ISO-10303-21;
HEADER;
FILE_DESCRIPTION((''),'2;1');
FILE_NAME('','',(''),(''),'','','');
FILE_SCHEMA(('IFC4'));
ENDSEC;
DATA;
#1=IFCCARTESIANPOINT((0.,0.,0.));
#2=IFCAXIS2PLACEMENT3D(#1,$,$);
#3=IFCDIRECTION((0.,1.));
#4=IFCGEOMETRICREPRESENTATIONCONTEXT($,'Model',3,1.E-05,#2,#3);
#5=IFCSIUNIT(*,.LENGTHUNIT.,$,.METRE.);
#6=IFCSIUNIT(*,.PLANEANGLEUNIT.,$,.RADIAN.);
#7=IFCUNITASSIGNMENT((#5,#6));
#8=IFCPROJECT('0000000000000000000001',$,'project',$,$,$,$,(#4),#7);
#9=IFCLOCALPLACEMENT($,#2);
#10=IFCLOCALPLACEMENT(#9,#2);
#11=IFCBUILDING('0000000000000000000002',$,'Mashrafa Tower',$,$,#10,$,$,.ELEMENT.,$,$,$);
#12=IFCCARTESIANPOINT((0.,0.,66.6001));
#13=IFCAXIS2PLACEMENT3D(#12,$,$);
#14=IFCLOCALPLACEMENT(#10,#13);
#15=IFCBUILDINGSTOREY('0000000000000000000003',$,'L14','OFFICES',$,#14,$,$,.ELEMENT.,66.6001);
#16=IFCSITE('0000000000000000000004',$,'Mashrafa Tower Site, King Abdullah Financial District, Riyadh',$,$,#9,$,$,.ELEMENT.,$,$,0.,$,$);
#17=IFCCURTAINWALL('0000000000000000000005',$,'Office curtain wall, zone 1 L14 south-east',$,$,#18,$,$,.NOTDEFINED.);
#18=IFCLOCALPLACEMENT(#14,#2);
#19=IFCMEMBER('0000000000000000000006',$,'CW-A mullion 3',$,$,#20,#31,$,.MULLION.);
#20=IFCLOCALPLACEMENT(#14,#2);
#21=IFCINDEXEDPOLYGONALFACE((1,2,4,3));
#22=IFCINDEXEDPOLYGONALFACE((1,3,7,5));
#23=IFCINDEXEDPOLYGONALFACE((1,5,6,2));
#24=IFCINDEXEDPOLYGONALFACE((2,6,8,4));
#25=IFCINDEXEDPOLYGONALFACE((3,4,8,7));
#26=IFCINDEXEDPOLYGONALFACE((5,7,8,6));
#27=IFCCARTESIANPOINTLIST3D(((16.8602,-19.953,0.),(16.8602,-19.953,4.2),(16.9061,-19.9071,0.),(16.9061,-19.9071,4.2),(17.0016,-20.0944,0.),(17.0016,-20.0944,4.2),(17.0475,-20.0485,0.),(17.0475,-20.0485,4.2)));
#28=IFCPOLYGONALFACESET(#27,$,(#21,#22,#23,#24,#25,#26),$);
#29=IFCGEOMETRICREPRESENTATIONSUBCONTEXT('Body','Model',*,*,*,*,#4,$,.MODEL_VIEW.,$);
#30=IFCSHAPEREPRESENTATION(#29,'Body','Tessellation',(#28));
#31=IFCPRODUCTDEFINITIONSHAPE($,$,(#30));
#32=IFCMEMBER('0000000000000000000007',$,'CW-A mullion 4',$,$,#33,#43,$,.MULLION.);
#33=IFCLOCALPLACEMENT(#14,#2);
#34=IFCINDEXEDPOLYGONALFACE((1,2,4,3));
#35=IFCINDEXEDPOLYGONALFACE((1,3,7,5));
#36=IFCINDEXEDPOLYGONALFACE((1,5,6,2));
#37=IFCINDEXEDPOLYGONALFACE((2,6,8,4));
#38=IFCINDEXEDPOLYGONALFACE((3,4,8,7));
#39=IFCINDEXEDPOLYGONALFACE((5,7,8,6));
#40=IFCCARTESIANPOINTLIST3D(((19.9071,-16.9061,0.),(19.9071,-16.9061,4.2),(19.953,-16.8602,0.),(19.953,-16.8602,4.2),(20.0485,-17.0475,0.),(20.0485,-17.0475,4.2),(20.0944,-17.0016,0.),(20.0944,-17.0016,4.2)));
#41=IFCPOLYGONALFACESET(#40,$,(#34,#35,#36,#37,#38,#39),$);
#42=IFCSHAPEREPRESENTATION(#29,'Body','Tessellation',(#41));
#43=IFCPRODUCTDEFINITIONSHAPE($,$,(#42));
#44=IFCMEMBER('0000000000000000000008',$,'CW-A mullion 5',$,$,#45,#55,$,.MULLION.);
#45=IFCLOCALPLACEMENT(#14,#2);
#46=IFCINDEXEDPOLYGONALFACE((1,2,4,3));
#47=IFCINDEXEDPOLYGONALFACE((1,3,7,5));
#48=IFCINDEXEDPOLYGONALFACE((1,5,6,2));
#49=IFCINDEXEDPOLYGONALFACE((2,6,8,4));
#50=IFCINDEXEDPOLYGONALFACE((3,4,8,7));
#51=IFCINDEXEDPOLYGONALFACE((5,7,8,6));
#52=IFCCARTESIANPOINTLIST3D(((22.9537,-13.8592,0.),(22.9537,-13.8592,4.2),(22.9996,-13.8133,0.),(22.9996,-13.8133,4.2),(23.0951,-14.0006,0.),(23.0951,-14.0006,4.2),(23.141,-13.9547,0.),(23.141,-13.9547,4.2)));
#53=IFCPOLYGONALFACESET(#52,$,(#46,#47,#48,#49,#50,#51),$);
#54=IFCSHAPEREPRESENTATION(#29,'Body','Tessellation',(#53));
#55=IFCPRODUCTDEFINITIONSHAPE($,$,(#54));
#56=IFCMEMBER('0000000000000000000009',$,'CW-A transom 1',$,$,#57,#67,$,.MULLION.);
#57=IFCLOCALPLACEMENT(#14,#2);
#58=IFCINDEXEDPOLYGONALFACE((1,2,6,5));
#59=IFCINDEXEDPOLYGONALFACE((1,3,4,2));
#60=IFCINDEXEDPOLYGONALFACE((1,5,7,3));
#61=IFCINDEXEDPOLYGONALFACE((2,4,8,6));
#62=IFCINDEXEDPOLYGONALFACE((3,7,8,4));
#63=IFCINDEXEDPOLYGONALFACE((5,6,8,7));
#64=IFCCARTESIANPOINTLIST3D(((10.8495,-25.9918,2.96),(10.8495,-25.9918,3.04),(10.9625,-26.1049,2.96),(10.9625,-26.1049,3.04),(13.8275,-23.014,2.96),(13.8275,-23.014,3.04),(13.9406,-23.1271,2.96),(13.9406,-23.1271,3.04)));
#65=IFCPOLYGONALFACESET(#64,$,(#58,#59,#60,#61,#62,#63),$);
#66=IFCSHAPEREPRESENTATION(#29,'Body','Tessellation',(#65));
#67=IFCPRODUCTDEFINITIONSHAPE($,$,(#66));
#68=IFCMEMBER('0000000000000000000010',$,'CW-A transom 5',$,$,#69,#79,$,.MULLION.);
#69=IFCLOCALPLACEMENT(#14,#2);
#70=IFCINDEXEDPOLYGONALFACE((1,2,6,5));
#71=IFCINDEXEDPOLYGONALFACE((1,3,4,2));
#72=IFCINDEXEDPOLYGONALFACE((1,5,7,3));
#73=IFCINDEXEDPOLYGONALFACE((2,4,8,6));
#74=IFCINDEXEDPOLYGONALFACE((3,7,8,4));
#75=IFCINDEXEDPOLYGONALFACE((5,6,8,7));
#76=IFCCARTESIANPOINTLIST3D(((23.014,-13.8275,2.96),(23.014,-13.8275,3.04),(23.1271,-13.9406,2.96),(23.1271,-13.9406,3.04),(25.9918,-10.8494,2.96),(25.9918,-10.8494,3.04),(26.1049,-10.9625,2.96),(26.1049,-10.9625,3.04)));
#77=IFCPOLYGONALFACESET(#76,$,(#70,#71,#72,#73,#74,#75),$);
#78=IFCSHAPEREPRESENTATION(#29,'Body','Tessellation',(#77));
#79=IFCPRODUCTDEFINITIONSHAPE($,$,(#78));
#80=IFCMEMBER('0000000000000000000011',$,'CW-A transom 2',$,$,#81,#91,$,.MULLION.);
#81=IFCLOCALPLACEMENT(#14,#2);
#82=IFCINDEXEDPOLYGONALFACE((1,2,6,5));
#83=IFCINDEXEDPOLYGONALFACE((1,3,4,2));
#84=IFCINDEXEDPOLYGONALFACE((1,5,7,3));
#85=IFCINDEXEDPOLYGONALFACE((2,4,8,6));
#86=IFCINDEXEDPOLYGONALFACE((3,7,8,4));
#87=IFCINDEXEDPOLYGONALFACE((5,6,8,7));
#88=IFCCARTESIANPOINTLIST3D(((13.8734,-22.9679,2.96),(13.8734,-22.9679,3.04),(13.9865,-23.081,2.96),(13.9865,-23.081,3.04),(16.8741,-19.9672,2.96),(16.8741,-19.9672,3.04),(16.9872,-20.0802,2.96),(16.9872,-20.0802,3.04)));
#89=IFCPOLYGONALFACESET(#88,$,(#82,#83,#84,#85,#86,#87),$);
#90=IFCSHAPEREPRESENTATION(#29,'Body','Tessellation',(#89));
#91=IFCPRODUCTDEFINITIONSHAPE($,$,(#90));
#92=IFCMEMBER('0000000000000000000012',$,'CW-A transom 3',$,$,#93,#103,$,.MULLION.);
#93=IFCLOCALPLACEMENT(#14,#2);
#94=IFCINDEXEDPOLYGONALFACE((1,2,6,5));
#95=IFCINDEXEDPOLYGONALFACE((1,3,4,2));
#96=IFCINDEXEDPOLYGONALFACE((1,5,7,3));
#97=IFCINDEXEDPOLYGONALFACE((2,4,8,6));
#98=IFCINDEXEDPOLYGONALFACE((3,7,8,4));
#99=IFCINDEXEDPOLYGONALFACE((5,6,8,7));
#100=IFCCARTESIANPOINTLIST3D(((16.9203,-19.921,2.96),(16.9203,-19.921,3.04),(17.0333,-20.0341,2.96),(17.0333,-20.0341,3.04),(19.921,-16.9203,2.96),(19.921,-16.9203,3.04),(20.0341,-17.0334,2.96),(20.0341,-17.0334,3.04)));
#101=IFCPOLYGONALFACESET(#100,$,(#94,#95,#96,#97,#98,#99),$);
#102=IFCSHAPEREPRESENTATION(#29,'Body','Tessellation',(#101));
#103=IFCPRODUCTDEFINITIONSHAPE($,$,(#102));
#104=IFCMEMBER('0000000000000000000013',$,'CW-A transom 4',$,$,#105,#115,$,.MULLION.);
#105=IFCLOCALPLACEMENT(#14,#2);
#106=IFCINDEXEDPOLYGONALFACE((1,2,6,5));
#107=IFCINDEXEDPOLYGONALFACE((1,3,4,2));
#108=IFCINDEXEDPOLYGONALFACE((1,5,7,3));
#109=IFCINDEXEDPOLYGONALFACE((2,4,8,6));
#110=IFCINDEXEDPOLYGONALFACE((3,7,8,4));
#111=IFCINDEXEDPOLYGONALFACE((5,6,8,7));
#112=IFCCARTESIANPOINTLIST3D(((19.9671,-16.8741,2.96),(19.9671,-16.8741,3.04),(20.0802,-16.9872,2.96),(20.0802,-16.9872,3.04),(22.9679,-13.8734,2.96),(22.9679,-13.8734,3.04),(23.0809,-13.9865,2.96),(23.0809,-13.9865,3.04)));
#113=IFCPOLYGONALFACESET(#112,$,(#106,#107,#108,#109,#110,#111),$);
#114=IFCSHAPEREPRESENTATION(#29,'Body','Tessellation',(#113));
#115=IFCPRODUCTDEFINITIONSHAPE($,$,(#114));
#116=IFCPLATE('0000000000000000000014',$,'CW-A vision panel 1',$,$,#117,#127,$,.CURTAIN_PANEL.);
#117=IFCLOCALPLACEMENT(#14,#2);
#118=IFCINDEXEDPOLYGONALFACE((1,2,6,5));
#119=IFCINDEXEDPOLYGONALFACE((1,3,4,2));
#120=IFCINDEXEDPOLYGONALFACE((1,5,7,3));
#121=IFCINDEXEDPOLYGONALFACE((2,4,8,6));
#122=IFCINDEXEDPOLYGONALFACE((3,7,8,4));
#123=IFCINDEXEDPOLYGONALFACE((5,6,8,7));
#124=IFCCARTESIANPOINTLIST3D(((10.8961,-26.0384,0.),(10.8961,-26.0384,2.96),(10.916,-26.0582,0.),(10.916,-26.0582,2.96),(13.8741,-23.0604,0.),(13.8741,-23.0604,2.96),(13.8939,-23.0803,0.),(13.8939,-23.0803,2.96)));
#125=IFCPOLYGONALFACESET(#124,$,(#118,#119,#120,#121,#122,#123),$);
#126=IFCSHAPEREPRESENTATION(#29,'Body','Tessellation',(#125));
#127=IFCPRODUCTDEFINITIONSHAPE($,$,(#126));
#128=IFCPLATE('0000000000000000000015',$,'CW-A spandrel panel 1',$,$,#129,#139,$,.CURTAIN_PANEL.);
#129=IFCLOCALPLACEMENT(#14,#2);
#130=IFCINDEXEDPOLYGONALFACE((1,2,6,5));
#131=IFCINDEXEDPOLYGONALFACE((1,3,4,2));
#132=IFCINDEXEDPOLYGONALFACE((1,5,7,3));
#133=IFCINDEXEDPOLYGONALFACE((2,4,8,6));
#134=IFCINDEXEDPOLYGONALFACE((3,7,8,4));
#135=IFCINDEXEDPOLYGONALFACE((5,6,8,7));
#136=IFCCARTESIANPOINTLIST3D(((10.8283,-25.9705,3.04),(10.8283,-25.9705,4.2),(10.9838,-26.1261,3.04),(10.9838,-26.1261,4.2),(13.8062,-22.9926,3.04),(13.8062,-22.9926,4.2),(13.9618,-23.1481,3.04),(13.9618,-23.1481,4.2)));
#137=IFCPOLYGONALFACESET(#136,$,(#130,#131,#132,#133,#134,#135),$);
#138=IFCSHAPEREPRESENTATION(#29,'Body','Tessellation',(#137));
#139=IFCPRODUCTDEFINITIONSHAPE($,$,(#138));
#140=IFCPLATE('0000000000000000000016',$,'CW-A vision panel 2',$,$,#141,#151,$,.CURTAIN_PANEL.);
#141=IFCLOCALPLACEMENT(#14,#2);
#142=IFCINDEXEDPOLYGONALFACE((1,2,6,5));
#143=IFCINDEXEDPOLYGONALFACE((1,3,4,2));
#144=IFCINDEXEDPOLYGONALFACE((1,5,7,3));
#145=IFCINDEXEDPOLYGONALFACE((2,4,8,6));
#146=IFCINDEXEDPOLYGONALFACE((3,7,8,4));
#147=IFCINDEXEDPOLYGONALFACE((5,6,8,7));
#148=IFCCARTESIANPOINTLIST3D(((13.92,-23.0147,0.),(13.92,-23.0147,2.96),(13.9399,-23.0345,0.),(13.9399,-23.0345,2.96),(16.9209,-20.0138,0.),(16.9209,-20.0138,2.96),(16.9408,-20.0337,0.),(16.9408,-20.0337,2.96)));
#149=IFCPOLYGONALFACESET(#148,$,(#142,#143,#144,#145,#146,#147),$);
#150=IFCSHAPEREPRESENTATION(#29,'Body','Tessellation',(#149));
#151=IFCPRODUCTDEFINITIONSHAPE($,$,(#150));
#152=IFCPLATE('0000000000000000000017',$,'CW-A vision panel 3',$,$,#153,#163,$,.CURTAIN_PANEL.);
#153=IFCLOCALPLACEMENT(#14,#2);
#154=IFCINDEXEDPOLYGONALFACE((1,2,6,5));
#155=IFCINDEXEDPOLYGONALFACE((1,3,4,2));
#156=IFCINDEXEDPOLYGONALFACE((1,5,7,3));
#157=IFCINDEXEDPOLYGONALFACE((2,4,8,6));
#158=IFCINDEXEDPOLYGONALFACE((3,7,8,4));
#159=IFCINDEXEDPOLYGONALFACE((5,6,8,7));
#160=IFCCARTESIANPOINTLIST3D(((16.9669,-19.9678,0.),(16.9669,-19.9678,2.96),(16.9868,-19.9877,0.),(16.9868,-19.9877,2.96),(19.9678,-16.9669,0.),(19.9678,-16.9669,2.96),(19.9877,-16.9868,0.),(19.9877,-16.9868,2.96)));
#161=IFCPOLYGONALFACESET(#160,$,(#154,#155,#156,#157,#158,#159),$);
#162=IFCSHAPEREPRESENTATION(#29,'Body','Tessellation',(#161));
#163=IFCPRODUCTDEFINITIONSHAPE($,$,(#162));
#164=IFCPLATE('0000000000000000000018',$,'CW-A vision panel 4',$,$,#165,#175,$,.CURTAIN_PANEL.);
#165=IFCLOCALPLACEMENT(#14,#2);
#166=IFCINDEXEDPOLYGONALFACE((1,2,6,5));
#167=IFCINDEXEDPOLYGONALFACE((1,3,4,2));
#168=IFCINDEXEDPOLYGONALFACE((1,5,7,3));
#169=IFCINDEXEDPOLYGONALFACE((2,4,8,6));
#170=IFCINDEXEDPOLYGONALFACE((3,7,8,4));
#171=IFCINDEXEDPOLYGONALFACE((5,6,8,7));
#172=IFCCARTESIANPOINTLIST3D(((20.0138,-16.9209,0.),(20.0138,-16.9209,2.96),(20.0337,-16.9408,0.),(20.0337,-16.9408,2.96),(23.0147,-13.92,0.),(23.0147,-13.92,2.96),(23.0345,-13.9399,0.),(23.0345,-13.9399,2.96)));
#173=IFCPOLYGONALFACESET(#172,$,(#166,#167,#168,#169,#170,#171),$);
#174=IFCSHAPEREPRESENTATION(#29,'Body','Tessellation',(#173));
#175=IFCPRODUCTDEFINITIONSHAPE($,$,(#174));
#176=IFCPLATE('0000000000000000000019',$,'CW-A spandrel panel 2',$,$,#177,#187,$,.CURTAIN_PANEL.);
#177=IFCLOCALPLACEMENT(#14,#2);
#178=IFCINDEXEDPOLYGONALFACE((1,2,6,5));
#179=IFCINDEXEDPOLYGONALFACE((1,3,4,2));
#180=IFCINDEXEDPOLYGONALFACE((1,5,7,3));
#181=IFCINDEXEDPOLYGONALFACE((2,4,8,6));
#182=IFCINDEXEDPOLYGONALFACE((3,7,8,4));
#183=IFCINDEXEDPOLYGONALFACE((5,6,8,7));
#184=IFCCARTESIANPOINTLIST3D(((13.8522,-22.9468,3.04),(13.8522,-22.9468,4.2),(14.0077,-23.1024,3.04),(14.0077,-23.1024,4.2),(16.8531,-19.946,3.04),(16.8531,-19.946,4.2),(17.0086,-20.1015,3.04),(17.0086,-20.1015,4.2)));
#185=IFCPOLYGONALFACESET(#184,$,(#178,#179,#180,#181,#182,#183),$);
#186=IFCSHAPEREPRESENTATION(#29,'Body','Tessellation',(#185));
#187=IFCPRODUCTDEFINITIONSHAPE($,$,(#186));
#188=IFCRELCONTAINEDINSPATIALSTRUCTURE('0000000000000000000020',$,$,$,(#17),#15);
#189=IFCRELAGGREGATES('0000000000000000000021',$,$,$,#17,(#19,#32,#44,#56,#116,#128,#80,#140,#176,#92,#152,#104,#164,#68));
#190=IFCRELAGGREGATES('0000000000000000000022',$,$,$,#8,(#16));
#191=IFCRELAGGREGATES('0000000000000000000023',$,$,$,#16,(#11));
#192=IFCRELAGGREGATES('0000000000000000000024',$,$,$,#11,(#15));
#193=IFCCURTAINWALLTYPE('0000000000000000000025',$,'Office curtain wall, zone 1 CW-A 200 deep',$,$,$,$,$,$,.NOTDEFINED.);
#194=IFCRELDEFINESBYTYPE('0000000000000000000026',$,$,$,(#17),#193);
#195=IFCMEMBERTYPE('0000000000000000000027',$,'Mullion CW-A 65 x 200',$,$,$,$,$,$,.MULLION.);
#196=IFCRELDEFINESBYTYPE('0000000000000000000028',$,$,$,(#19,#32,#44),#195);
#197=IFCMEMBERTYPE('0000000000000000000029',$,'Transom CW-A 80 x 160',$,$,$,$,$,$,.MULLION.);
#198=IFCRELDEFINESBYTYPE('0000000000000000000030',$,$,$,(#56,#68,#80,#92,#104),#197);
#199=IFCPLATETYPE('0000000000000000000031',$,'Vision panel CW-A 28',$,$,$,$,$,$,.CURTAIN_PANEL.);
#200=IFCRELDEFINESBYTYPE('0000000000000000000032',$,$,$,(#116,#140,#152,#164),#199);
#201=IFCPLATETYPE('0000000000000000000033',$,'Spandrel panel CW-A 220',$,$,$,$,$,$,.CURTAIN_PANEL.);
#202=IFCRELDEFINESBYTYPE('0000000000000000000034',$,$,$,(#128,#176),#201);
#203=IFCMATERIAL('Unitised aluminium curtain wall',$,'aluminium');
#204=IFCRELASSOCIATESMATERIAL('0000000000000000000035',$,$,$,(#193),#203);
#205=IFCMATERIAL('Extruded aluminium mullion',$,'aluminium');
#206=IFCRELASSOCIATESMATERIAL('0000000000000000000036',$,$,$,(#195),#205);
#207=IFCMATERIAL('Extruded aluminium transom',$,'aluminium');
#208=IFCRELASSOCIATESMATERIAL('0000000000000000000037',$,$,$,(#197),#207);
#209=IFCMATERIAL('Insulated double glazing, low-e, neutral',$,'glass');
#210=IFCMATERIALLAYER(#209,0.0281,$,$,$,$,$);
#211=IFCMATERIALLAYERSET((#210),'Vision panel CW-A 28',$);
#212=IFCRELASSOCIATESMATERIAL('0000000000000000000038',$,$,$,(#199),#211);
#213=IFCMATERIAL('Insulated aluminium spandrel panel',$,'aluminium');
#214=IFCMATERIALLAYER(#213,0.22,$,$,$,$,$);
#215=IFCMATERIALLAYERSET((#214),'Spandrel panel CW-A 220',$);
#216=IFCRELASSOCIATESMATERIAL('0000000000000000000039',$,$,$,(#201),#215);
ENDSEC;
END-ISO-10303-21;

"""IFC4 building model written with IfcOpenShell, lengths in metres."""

from ifc_helpers import new_model, si_unit, direction, frame, origin, origin_2d, place, context, subcontext, project, spatial, rectangle, extrude, source, transform, mapped, material, layer, layer_set, material_profile, profile_set, type_object, type_shapes, element, aggregate, save


model = new_model("IFC4")

# Units and contexts
model_context = context("Model", 3, precision=1e-05, world=origin(), true_north=direction((0.0, 1.0)))
body_context = subcontext(model_context, "Body", "Model", "MODEL_VIEW")
ifc_project = project(units=[si_unit("LENGTHUNIT", "METRE"), si_unit("PLANEANGLEUNIT", "RADIAN")], contexts=[model_context])

# Site, building, storey
site_placement = place(None, origin())
site = spatial("IfcSite", under=ifc_project, at=site_placement, Name="Mashrafa Tower Site, King Abdullah Financial District, Riyadh", CompositionType="ELEMENT", RefElevation=0.0)
building_placement = place(site_placement, origin())
building = spatial("IfcBuilding", under=site, at=building_placement, Name="Mashrafa Tower", CompositionType="ELEMENT")
storey_placement = place(building_placement, frame((0.0, 0.0, 66.6001)))
storey = spatial("IfcBuildingStorey", under=building, at=storey_placement, Name="L14", Description="OFFICES", CompositionType="ELEMENT", Elevation=66.6001)

# Curtain wall, members, plates
ifc_material_1 = material(Name="Unitised aluminium curtain wall", Category="aluminium")
curtain_wall_type = type_object("IfcCurtainWallType", Name="Office curtain wall, zone 1 CW-A 200 deep", PredefinedType="NOTDEFINED", material=ifc_material_1)
curtain_wall_placement = place(storey_placement, origin())
curtain_wall = element("IfcCurtainWall", 1, at=curtain_wall_placement, inside=storey, type_object=curtain_wall_type, Name="Office curtain wall, zone 1 L14 south-east", PredefinedType="NOTDEFINED")
ifc_material_2 = material(Name="Extruded aluminium mullion", Category="aluminium")
ifc_material_profile_1 = material_profile(ifc_material_2, rectangle(XDim=0.2, YDim=0.0649, at=origin_2d()), Name="Mullion 65x200")
ifc_profile_set_1 = profile_set([ifc_material_profile_1], Name="Extruded aluminium mullion")
member_type_1 = type_object("IfcMemberType", Name="Mullion CW-A 65 x 200", PredefinedType="MULLION", material=ifc_profile_set_1)
shared_shape_1 = source(origin(), body_context, "Body", "SweptSolid", [
    extrude(rectangle(XDim=0.2, YDim=0.0649, at=origin_2d()), origin(), (0.0, 0.0, 1.0), 4.2),
])
type_shapes(member_type_1, [shared_shape_1])
member_1_placement = place(storey_placement, frame((16.9539, -20.0007, 0.0), z_axis=(0.0, 0.0, 1.0), x_axis=(-0.707107, 0.707107, 0.0)))
member_1 = element("IfcMember", 2, at=member_1_placement, type_object=member_type_1, Name="CW-A mullion 3", PredefinedType="MULLION", context=body_context, shape_type="MappedRepresentation", body=[
    mapped(shared_shape_1, transform((0.0, 0.0, 0.0))),
])
member_2_placement = place(storey_placement, frame((20.0007, -16.9539, 0.0), z_axis=(0.0, 0.0, 1.0), x_axis=(-0.707107, 0.707107, 0.0)))
member_2 = element("IfcMember", 3, at=member_2_placement, type_object=member_type_1, Name="CW-A mullion 4", PredefinedType="MULLION", context=body_context, shape_type="MappedRepresentation", body=[
    mapped(shared_shape_1, transform((0.0, 0.0, 0.0))),
])
member_3_placement = place(storey_placement, frame((23.0474, -13.907, 0.0), z_axis=(0.0, 0.0, 1.0), x_axis=(-0.707107, 0.707107, 0.0)))
member_3 = element("IfcMember", 4, at=member_3_placement, type_object=member_type_1, Name="CW-A mullion 5", PredefinedType="MULLION", context=body_context, shape_type="MappedRepresentation", body=[
    mapped(shared_shape_1, transform((0.0, 0.0, 0.0))),
])
ifc_material_3 = material(Name="Extruded aluminium transom", Category="aluminium")
ifc_material_profile_2 = material_profile(ifc_material_3, rectangle(XDim=0.1599, YDim=0.0801, at=origin_2d()), Name="Transom 80x160")
ifc_profile_set_2 = profile_set([ifc_material_profile_2], Name="Extruded aluminium transom")
member_type_2 = type_object("IfcMemberType", Name="Transom CW-A 80 x 160", PredefinedType="MULLION", material=ifc_profile_set_2)
shared_shape_2 = source(origin(), body_context, "Body", "SweptSolid", [
    extrude(rectangle(XDim=0.1599, YDim=0.0801, at=origin_2d()), origin(), (0.0, 0.0, 1.0), 4.2114),
])
member_4_placement = place(storey_placement, frame((10.906, -26.0483, 3.0), z_axis=(0.707136, 0.707078, 0.0), x_axis=(-0.707078, 0.707136, 0.0)))
member_4 = element("IfcMember", 5, at=member_4_placement, type_object=member_type_2, Name="CW-A transom 1", PredefinedType="MULLION", context=body_context, shape_type="MappedRepresentation", body=[
    mapped(shared_shape_2, transform((0.0, 0.0, 0.0))),
])
member_5_placement = place(storey_placement, frame((23.0706, -13.884, 3.0), z_axis=(0.707078, 0.707136, 0.0), x_axis=(-0.707136, 0.707078, 0.0)))
member_5 = element("IfcMember", 6, at=member_5_placement, type_object=member_type_2, Name="CW-A transom 5", PredefinedType="MULLION", context=body_context, shape_type="MappedRepresentation", body=[
    mapped(shared_shape_2, transform((0.0, 0.0, 0.0))),
])
shared_shape_3 = source(origin(), body_context, "Body", "SweptSolid", [
    extrude(rectangle(XDim=0.1599, YDim=0.0801, at=origin_2d()), origin(), (0.0, 0.0, 1.0), 4.2437),
])
type_shapes(member_type_2, [shared_shape_2, shared_shape_3])
member_6_placement = place(storey_placement, frame((13.9299, -23.0244, 3.0), z_axis=(0.707107, 0.707107, 0.0), x_axis=(-0.707107, 0.707107, 0.0)))
member_6 = element("IfcMember", 7, at=member_6_placement, type_object=member_type_2, Name="CW-A transom 2", PredefinedType="MULLION", context=body_context, shape_type="MappedRepresentation", body=[
    mapped(shared_shape_3, transform((0.0, 0.0, 0.0))),
])
member_7_placement = place(storey_placement, frame((16.9768, -19.9775, 3.0), z_axis=(0.707107, 0.707107, 0.0), x_axis=(-0.707107, 0.707107, 0.0)))
member_7 = element("IfcMember", 8, at=member_7_placement, type_object=member_type_2, Name="CW-A transom 3", PredefinedType="MULLION", context=body_context, shape_type="MappedRepresentation", body=[
    mapped(shared_shape_3, transform((0.0, 0.0, 0.0))),
])
member_8_placement = place(storey_placement, frame((20.0237, -16.9307, 3.0), z_axis=(0.707107, 0.707107, 0.0), x_axis=(-0.707107, 0.707107, 0.0)))
member_8 = element("IfcMember", 9, at=member_8_placement, type_object=member_type_2, Name="CW-A transom 4", PredefinedType="MULLION", context=body_context, shape_type="MappedRepresentation", body=[
    mapped(shared_shape_3, transform((0.0, 0.0, 0.0))),
])
ifc_material_4 = material(Name="Insulated double glazing, low-e, neutral", Category="glass")
ifc_layer_1 = layer(ifc_material_4, 0.0281)
ifc_layer_set_1 = layer_set([ifc_layer_1], Name="Vision panel CW-A 28")
plate_type_1 = type_object("IfcPlateType", Name="Vision panel CW-A 28", PredefinedType="CURTAIN_PANEL", material=ifc_layer_set_1)
shared_shape_4 = source(origin(), body_context, "Body", "SweptSolid", [
    extrude(rectangle(XDim=4.2114, YDim=0.0281, at=origin_2d()), origin(), (0.0, 0.0, 1.0), 2.96),
])
plate_1_placement = place(storey_placement, frame((12.395, -24.5593, 0.0), z_axis=(0.0, 0.0, 1.0), x_axis=(0.707107, 0.707107, 0.0)))
plate_1 = element("IfcPlate", 10, at=plate_1_placement, type_object=plate_type_1, Name="CW-A vision panel 1", PredefinedType="CURTAIN_PANEL", context=body_context, shape_type="MappedRepresentation", body=[
    mapped(shared_shape_4, transform((0.0, 0.0, 0.0))),
])
ifc_material_5 = material(Name="Insulated aluminium spandrel panel", Category="aluminium")
ifc_layer_2 = layer(ifc_material_5, 0.22)
ifc_layer_set_2 = layer_set([ifc_layer_2], Name="Spandrel panel CW-A 220")
plate_type_2 = type_object("IfcPlateType", Name="Spandrel panel CW-A 220", PredefinedType="CURTAIN_PANEL", material=ifc_layer_set_2)
shared_shape_5 = source(origin(), body_context, "Body", "SweptSolid", [
    extrude(rectangle(XDim=4.2114, YDim=0.22, at=origin_2d()), origin(), (0.0, 0.0, 1.0), 1.1599),
])
plate_2_placement = place(storey_placement, frame((12.395, -24.5593, 3.04), z_axis=(0.0, 0.0, 1.0), x_axis=(0.707107, 0.707107, 0.0)))
plate_2 = element("IfcPlate", 11, at=plate_2_placement, type_object=plate_type_2, Name="CW-A spandrel panel 1", PredefinedType="CURTAIN_PANEL", context=body_context, shape_type="MappedRepresentation", body=[
    mapped(shared_shape_5, transform((0.0, 0.0, 0.0))),
])
shared_shape_6 = source(origin(), body_context, "Body", "SweptSolid", [
    extrude(rectangle(XDim=4.2439, YDim=0.0281, at=origin_2d()), origin(), (0.0, 0.0, 1.0), 2.96),
])
type_shapes(plate_type_1, [shared_shape_4, shared_shape_6])
plate_3_placement = place(storey_placement, frame((15.4304, -21.5242, 0.0), z_axis=(0.0, 0.0, 1.0), x_axis=(0.707107, 0.707107, 0.0)))
plate_3 = element("IfcPlate", 12, at=plate_3_placement, type_object=plate_type_1, Name="CW-A vision panel 2", PredefinedType="CURTAIN_PANEL", context=body_context, shape_type="MappedRepresentation", body=[
    mapped(shared_shape_6, transform((0.0, 0.0, 0.0))),
])
plate_4_placement = place(storey_placement, frame((18.4773, -18.4773, 0.0), z_axis=(0.0, 0.0, 1.0), x_axis=(0.707107, 0.707107, 0.0)))
plate_4 = element("IfcPlate", 13, at=plate_4_placement, type_object=plate_type_1, Name="CW-A vision panel 3", PredefinedType="CURTAIN_PANEL", context=body_context, shape_type="MappedRepresentation", body=[
    mapped(shared_shape_6, transform((0.0, 0.0, 0.0))),
])
plate_5_placement = place(storey_placement, frame((21.5242, -15.4304, 0.0), z_axis=(0.0, 0.0, 1.0), x_axis=(0.707107, 0.707107, 0.0)))
plate_5 = element("IfcPlate", 14, at=plate_5_placement, type_object=plate_type_1, Name="CW-A vision panel 4", PredefinedType="CURTAIN_PANEL", context=body_context, shape_type="MappedRepresentation", body=[
    mapped(shared_shape_6, transform((0.0, 0.0, 0.0))),
])
shared_shape_7 = source(origin(), body_context, "Body", "SweptSolid", [
    extrude(rectangle(XDim=4.2439, YDim=0.22, at=origin_2d()), origin(), (0.0, 0.0, 1.0), 1.1599),
])
type_shapes(plate_type_2, [shared_shape_5, shared_shape_7])
plate_6_placement = place(storey_placement, frame((15.4304, -21.5242, 3.04), z_axis=(0.0, 0.0, 1.0), x_axis=(0.707107, 0.707107, 0.0)))
plate_6 = element("IfcPlate", 15, at=plate_6_placement, type_object=plate_type_2, Name="CW-A spandrel panel 2", PredefinedType="CURTAIN_PANEL", context=body_context, shape_type="MappedRepresentation", body=[
    mapped(shared_shape_7, transform((0.0, 0.0, 0.0))),
])
aggregate(curtain_wall, [member_1, member_2, member_3, member_4, plate_1, plate_2, member_6, plate_3, plate_6, member_7, plate_4, member_8, plate_5, member_5])

save(model, "model.ifc")
